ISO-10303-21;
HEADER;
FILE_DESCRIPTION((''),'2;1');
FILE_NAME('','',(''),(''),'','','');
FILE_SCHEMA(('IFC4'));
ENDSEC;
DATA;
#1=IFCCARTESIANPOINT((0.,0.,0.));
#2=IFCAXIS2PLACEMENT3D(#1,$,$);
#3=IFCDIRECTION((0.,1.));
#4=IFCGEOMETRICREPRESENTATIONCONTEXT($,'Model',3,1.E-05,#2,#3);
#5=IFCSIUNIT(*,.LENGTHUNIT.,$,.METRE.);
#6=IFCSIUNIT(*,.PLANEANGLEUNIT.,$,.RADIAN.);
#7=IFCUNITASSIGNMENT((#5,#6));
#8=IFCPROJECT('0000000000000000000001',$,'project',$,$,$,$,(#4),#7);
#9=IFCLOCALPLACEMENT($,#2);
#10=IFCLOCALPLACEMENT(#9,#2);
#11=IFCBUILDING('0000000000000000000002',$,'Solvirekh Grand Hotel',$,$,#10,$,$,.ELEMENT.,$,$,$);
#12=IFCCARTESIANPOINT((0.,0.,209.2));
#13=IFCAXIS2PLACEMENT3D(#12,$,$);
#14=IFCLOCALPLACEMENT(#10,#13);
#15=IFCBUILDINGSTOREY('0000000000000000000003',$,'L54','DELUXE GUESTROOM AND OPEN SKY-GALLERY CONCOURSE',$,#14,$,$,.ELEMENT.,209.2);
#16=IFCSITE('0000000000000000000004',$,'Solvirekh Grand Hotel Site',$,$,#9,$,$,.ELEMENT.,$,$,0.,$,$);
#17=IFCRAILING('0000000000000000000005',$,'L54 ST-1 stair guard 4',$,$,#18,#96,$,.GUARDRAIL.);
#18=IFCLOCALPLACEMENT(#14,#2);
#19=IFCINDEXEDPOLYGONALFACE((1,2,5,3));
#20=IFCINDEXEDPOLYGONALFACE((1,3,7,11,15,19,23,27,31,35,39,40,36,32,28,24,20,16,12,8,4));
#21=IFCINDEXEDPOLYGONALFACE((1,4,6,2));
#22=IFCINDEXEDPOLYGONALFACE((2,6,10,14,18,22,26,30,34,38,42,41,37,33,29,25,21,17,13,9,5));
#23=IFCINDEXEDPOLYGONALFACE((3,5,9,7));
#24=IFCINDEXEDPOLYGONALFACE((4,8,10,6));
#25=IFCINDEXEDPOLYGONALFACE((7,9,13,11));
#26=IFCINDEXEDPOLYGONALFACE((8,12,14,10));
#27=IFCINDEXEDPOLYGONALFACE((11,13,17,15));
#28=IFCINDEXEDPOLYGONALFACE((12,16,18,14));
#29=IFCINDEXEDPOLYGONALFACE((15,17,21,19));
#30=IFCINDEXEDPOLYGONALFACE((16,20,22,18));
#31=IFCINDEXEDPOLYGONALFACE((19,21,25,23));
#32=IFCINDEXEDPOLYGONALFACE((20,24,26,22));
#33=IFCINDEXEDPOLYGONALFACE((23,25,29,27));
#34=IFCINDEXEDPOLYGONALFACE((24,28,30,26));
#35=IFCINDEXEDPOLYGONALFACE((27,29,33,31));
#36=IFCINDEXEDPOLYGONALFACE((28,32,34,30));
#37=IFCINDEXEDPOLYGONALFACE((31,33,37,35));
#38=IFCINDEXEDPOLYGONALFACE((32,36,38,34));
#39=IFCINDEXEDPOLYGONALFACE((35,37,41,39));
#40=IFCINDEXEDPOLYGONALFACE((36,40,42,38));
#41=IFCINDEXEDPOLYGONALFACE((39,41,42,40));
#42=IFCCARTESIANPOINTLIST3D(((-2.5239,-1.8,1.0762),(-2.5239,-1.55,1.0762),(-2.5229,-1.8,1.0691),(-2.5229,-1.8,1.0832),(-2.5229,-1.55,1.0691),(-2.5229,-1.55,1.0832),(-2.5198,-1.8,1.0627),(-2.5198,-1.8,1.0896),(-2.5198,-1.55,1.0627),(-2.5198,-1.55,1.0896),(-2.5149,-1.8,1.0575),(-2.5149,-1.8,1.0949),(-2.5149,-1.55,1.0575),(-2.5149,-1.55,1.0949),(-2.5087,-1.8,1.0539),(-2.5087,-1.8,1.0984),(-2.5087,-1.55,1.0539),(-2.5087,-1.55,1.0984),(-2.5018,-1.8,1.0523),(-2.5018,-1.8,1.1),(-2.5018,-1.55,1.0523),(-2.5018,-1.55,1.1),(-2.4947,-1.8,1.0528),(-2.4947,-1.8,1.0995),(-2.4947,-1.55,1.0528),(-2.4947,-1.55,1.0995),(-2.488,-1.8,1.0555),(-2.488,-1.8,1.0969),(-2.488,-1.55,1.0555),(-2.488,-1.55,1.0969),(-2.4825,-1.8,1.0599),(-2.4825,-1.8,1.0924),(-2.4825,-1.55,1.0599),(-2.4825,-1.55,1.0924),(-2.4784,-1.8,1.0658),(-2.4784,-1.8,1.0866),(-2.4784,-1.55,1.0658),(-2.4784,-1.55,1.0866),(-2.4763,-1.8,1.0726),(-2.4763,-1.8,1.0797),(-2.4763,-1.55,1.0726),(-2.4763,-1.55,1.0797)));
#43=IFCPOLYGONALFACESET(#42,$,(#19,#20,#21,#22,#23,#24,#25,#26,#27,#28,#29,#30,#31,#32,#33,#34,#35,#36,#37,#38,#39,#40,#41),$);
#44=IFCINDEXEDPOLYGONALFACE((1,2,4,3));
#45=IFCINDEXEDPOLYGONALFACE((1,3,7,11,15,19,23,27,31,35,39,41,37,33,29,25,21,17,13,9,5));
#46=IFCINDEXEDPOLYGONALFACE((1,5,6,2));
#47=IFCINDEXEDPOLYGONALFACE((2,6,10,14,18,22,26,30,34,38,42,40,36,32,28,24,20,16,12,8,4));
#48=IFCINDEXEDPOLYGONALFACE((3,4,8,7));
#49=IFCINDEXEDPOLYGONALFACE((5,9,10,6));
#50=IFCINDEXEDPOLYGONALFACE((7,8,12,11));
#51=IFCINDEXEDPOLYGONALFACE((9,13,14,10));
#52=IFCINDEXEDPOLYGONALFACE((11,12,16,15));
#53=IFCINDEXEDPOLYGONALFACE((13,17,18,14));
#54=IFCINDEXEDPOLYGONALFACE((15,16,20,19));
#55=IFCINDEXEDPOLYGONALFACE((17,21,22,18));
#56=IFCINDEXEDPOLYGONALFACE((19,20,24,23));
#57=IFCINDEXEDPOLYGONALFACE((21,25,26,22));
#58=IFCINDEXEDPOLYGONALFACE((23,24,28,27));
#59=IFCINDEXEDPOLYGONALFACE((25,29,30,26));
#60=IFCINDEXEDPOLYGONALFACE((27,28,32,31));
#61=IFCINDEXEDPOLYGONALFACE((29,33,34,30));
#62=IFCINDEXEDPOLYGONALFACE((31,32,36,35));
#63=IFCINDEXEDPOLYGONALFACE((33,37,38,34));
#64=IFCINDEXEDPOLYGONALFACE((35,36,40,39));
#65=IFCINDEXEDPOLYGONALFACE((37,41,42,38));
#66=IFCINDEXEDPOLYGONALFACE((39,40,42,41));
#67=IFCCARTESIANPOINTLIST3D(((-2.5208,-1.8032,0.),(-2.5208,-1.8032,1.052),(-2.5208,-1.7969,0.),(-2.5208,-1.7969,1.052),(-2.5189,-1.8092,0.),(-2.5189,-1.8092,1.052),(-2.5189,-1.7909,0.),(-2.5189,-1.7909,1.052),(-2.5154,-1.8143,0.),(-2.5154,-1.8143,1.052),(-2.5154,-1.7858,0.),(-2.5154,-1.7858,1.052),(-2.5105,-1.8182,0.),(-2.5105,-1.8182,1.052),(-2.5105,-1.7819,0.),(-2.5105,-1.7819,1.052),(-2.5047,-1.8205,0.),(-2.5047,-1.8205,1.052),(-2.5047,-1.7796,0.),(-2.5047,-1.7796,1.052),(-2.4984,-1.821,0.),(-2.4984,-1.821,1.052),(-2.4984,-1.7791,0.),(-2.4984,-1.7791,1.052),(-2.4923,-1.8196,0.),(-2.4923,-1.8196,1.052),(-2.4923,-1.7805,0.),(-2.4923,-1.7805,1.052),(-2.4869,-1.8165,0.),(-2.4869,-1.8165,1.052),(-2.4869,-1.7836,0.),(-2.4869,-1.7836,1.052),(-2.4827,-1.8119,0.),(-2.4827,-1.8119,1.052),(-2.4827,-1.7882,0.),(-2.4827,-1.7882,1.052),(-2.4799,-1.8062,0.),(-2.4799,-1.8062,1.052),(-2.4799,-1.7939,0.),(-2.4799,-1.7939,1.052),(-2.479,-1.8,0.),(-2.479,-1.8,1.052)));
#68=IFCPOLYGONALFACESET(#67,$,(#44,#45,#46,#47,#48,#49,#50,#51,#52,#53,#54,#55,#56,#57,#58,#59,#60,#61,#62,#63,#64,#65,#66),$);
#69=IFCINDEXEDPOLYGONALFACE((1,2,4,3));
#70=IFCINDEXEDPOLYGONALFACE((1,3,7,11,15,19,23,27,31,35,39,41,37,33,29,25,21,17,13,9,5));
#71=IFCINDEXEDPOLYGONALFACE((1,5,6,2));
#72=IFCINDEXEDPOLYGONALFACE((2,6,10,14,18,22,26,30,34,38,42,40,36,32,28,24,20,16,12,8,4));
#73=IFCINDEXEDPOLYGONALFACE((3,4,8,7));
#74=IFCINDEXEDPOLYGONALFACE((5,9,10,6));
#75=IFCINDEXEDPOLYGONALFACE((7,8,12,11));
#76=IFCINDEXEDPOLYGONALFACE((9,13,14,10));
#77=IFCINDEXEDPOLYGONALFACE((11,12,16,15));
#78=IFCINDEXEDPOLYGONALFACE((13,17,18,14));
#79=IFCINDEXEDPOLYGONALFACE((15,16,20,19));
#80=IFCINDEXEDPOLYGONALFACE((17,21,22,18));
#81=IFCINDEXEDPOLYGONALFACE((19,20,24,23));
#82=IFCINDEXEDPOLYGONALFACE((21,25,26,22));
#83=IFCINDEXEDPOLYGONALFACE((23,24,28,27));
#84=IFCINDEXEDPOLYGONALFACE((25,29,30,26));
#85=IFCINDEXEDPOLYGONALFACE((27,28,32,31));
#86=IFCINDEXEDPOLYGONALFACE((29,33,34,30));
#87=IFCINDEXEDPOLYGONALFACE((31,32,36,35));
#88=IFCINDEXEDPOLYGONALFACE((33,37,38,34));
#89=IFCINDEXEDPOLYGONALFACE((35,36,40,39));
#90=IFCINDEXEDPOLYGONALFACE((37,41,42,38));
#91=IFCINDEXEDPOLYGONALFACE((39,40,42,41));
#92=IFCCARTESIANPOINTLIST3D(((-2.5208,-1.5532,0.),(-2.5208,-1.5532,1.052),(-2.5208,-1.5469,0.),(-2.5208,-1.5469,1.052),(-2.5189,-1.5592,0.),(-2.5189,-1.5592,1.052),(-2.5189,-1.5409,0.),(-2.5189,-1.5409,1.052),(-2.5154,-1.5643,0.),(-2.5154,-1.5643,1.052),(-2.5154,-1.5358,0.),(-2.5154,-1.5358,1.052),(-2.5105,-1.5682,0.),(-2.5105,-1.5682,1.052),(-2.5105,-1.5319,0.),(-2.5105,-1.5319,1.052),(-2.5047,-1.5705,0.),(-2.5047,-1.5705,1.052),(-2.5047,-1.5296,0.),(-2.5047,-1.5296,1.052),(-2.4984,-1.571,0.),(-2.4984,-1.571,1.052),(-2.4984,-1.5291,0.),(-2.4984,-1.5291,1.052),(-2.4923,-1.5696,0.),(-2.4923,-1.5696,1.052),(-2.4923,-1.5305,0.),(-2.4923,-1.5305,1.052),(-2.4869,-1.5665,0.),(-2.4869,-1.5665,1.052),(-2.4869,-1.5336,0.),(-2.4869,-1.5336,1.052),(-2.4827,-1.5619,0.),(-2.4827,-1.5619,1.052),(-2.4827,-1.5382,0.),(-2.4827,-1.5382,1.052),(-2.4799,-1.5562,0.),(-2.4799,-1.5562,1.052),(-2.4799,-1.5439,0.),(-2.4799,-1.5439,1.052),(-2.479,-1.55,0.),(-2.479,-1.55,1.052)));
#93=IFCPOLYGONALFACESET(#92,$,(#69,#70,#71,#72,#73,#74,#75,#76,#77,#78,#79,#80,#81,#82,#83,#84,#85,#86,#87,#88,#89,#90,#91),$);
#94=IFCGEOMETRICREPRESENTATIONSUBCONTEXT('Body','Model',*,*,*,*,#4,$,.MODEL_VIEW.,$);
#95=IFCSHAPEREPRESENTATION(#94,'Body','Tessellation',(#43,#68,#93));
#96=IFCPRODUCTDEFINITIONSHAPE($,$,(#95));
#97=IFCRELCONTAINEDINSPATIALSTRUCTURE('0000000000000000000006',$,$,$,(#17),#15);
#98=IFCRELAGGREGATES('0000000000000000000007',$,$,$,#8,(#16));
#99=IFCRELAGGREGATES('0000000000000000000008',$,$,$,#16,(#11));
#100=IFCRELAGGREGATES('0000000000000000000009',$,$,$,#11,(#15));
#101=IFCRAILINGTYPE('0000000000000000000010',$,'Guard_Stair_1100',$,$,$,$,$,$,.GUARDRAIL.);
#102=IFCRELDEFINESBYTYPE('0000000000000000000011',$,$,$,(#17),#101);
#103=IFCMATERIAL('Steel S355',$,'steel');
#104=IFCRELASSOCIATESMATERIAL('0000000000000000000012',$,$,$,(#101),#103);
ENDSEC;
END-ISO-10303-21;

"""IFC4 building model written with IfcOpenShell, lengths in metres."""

from ifc_helpers import new_model, si_unit, direction, frame, origin, origin_2d, place, context, subcontext, project, spatial, circle, extrude, material, type_object, element, save


model = new_model("IFC4")

# Units and contexts
model_context = context("Model", 3, precision=1e-05, world=origin(), true_north=direction((0.0, 1.0)))
body_context = subcontext(model_context, "Body", "Model", "MODEL_VIEW")
ifc_project = project(units=[si_unit("LENGTHUNIT", "METRE"), si_unit("PLANEANGLEUNIT", "RADIAN")], contexts=[model_context])

# Site, building, storey
site_placement = place(None, origin())
site = spatial("IfcSite", under=ifc_project, at=site_placement, Name="Solvirekh Grand Hotel Site", CompositionType="ELEMENT", RefElevation=0.0)
building_placement = place(site_placement, origin())
building = spatial("IfcBuilding", under=site, at=building_placement, Name="Solvirekh Grand Hotel", CompositionType="ELEMENT")
storey_placement = place(building_placement, frame((0.0, 0.0, 209.2)))
storey = spatial("IfcBuildingStorey", under=building, at=storey_placement, Name="L54", Description="DELUXE GUESTROOM AND OPEN SKY-GALLERY CONCOURSE", CompositionType="ELEMENT", Elevation=209.2)

# Shared definitions
ifc_material_1 = material(Name="Steel S355", Category="steel")

# Railing
railing_type_1 = type_object("IfcRailingType", Name="Guard_Stair_1100", PredefinedType="GUARDRAIL", material=ifc_material_1)
railing_1_placement = place(storey_placement, frame((-2.5, -1.8, 0.0)))
element("IfcRailing", 1, at=railing_1_placement, inside=storey, type_object=railing_type_1, Name="L54 ST-1 stair guard 4", PredefinedType="GUARDRAIL", context=body_context, shape_type="SweptSolid", body=[
    extrude(circle(Radius=0.0239, at=origin_2d()), frame((0.0, 0.0, 1.0762), z_axis=(0.0, 1.0, 0.0), x_axis=(-1.0, 0.0, 0.0)), (0.0, 0.0, 1.0), 0.25),
    extrude(circle(Radius=0.021, at=origin_2d()), origin(), (0.0, 0.0, 1.0), 1.052),
    extrude(circle(Radius=0.021, at=origin_2d()), frame((0.0, 0.25, 0.0)), (0.0, 0.0, 1.0), 1.052),
])

save(model, "model.ifc")
